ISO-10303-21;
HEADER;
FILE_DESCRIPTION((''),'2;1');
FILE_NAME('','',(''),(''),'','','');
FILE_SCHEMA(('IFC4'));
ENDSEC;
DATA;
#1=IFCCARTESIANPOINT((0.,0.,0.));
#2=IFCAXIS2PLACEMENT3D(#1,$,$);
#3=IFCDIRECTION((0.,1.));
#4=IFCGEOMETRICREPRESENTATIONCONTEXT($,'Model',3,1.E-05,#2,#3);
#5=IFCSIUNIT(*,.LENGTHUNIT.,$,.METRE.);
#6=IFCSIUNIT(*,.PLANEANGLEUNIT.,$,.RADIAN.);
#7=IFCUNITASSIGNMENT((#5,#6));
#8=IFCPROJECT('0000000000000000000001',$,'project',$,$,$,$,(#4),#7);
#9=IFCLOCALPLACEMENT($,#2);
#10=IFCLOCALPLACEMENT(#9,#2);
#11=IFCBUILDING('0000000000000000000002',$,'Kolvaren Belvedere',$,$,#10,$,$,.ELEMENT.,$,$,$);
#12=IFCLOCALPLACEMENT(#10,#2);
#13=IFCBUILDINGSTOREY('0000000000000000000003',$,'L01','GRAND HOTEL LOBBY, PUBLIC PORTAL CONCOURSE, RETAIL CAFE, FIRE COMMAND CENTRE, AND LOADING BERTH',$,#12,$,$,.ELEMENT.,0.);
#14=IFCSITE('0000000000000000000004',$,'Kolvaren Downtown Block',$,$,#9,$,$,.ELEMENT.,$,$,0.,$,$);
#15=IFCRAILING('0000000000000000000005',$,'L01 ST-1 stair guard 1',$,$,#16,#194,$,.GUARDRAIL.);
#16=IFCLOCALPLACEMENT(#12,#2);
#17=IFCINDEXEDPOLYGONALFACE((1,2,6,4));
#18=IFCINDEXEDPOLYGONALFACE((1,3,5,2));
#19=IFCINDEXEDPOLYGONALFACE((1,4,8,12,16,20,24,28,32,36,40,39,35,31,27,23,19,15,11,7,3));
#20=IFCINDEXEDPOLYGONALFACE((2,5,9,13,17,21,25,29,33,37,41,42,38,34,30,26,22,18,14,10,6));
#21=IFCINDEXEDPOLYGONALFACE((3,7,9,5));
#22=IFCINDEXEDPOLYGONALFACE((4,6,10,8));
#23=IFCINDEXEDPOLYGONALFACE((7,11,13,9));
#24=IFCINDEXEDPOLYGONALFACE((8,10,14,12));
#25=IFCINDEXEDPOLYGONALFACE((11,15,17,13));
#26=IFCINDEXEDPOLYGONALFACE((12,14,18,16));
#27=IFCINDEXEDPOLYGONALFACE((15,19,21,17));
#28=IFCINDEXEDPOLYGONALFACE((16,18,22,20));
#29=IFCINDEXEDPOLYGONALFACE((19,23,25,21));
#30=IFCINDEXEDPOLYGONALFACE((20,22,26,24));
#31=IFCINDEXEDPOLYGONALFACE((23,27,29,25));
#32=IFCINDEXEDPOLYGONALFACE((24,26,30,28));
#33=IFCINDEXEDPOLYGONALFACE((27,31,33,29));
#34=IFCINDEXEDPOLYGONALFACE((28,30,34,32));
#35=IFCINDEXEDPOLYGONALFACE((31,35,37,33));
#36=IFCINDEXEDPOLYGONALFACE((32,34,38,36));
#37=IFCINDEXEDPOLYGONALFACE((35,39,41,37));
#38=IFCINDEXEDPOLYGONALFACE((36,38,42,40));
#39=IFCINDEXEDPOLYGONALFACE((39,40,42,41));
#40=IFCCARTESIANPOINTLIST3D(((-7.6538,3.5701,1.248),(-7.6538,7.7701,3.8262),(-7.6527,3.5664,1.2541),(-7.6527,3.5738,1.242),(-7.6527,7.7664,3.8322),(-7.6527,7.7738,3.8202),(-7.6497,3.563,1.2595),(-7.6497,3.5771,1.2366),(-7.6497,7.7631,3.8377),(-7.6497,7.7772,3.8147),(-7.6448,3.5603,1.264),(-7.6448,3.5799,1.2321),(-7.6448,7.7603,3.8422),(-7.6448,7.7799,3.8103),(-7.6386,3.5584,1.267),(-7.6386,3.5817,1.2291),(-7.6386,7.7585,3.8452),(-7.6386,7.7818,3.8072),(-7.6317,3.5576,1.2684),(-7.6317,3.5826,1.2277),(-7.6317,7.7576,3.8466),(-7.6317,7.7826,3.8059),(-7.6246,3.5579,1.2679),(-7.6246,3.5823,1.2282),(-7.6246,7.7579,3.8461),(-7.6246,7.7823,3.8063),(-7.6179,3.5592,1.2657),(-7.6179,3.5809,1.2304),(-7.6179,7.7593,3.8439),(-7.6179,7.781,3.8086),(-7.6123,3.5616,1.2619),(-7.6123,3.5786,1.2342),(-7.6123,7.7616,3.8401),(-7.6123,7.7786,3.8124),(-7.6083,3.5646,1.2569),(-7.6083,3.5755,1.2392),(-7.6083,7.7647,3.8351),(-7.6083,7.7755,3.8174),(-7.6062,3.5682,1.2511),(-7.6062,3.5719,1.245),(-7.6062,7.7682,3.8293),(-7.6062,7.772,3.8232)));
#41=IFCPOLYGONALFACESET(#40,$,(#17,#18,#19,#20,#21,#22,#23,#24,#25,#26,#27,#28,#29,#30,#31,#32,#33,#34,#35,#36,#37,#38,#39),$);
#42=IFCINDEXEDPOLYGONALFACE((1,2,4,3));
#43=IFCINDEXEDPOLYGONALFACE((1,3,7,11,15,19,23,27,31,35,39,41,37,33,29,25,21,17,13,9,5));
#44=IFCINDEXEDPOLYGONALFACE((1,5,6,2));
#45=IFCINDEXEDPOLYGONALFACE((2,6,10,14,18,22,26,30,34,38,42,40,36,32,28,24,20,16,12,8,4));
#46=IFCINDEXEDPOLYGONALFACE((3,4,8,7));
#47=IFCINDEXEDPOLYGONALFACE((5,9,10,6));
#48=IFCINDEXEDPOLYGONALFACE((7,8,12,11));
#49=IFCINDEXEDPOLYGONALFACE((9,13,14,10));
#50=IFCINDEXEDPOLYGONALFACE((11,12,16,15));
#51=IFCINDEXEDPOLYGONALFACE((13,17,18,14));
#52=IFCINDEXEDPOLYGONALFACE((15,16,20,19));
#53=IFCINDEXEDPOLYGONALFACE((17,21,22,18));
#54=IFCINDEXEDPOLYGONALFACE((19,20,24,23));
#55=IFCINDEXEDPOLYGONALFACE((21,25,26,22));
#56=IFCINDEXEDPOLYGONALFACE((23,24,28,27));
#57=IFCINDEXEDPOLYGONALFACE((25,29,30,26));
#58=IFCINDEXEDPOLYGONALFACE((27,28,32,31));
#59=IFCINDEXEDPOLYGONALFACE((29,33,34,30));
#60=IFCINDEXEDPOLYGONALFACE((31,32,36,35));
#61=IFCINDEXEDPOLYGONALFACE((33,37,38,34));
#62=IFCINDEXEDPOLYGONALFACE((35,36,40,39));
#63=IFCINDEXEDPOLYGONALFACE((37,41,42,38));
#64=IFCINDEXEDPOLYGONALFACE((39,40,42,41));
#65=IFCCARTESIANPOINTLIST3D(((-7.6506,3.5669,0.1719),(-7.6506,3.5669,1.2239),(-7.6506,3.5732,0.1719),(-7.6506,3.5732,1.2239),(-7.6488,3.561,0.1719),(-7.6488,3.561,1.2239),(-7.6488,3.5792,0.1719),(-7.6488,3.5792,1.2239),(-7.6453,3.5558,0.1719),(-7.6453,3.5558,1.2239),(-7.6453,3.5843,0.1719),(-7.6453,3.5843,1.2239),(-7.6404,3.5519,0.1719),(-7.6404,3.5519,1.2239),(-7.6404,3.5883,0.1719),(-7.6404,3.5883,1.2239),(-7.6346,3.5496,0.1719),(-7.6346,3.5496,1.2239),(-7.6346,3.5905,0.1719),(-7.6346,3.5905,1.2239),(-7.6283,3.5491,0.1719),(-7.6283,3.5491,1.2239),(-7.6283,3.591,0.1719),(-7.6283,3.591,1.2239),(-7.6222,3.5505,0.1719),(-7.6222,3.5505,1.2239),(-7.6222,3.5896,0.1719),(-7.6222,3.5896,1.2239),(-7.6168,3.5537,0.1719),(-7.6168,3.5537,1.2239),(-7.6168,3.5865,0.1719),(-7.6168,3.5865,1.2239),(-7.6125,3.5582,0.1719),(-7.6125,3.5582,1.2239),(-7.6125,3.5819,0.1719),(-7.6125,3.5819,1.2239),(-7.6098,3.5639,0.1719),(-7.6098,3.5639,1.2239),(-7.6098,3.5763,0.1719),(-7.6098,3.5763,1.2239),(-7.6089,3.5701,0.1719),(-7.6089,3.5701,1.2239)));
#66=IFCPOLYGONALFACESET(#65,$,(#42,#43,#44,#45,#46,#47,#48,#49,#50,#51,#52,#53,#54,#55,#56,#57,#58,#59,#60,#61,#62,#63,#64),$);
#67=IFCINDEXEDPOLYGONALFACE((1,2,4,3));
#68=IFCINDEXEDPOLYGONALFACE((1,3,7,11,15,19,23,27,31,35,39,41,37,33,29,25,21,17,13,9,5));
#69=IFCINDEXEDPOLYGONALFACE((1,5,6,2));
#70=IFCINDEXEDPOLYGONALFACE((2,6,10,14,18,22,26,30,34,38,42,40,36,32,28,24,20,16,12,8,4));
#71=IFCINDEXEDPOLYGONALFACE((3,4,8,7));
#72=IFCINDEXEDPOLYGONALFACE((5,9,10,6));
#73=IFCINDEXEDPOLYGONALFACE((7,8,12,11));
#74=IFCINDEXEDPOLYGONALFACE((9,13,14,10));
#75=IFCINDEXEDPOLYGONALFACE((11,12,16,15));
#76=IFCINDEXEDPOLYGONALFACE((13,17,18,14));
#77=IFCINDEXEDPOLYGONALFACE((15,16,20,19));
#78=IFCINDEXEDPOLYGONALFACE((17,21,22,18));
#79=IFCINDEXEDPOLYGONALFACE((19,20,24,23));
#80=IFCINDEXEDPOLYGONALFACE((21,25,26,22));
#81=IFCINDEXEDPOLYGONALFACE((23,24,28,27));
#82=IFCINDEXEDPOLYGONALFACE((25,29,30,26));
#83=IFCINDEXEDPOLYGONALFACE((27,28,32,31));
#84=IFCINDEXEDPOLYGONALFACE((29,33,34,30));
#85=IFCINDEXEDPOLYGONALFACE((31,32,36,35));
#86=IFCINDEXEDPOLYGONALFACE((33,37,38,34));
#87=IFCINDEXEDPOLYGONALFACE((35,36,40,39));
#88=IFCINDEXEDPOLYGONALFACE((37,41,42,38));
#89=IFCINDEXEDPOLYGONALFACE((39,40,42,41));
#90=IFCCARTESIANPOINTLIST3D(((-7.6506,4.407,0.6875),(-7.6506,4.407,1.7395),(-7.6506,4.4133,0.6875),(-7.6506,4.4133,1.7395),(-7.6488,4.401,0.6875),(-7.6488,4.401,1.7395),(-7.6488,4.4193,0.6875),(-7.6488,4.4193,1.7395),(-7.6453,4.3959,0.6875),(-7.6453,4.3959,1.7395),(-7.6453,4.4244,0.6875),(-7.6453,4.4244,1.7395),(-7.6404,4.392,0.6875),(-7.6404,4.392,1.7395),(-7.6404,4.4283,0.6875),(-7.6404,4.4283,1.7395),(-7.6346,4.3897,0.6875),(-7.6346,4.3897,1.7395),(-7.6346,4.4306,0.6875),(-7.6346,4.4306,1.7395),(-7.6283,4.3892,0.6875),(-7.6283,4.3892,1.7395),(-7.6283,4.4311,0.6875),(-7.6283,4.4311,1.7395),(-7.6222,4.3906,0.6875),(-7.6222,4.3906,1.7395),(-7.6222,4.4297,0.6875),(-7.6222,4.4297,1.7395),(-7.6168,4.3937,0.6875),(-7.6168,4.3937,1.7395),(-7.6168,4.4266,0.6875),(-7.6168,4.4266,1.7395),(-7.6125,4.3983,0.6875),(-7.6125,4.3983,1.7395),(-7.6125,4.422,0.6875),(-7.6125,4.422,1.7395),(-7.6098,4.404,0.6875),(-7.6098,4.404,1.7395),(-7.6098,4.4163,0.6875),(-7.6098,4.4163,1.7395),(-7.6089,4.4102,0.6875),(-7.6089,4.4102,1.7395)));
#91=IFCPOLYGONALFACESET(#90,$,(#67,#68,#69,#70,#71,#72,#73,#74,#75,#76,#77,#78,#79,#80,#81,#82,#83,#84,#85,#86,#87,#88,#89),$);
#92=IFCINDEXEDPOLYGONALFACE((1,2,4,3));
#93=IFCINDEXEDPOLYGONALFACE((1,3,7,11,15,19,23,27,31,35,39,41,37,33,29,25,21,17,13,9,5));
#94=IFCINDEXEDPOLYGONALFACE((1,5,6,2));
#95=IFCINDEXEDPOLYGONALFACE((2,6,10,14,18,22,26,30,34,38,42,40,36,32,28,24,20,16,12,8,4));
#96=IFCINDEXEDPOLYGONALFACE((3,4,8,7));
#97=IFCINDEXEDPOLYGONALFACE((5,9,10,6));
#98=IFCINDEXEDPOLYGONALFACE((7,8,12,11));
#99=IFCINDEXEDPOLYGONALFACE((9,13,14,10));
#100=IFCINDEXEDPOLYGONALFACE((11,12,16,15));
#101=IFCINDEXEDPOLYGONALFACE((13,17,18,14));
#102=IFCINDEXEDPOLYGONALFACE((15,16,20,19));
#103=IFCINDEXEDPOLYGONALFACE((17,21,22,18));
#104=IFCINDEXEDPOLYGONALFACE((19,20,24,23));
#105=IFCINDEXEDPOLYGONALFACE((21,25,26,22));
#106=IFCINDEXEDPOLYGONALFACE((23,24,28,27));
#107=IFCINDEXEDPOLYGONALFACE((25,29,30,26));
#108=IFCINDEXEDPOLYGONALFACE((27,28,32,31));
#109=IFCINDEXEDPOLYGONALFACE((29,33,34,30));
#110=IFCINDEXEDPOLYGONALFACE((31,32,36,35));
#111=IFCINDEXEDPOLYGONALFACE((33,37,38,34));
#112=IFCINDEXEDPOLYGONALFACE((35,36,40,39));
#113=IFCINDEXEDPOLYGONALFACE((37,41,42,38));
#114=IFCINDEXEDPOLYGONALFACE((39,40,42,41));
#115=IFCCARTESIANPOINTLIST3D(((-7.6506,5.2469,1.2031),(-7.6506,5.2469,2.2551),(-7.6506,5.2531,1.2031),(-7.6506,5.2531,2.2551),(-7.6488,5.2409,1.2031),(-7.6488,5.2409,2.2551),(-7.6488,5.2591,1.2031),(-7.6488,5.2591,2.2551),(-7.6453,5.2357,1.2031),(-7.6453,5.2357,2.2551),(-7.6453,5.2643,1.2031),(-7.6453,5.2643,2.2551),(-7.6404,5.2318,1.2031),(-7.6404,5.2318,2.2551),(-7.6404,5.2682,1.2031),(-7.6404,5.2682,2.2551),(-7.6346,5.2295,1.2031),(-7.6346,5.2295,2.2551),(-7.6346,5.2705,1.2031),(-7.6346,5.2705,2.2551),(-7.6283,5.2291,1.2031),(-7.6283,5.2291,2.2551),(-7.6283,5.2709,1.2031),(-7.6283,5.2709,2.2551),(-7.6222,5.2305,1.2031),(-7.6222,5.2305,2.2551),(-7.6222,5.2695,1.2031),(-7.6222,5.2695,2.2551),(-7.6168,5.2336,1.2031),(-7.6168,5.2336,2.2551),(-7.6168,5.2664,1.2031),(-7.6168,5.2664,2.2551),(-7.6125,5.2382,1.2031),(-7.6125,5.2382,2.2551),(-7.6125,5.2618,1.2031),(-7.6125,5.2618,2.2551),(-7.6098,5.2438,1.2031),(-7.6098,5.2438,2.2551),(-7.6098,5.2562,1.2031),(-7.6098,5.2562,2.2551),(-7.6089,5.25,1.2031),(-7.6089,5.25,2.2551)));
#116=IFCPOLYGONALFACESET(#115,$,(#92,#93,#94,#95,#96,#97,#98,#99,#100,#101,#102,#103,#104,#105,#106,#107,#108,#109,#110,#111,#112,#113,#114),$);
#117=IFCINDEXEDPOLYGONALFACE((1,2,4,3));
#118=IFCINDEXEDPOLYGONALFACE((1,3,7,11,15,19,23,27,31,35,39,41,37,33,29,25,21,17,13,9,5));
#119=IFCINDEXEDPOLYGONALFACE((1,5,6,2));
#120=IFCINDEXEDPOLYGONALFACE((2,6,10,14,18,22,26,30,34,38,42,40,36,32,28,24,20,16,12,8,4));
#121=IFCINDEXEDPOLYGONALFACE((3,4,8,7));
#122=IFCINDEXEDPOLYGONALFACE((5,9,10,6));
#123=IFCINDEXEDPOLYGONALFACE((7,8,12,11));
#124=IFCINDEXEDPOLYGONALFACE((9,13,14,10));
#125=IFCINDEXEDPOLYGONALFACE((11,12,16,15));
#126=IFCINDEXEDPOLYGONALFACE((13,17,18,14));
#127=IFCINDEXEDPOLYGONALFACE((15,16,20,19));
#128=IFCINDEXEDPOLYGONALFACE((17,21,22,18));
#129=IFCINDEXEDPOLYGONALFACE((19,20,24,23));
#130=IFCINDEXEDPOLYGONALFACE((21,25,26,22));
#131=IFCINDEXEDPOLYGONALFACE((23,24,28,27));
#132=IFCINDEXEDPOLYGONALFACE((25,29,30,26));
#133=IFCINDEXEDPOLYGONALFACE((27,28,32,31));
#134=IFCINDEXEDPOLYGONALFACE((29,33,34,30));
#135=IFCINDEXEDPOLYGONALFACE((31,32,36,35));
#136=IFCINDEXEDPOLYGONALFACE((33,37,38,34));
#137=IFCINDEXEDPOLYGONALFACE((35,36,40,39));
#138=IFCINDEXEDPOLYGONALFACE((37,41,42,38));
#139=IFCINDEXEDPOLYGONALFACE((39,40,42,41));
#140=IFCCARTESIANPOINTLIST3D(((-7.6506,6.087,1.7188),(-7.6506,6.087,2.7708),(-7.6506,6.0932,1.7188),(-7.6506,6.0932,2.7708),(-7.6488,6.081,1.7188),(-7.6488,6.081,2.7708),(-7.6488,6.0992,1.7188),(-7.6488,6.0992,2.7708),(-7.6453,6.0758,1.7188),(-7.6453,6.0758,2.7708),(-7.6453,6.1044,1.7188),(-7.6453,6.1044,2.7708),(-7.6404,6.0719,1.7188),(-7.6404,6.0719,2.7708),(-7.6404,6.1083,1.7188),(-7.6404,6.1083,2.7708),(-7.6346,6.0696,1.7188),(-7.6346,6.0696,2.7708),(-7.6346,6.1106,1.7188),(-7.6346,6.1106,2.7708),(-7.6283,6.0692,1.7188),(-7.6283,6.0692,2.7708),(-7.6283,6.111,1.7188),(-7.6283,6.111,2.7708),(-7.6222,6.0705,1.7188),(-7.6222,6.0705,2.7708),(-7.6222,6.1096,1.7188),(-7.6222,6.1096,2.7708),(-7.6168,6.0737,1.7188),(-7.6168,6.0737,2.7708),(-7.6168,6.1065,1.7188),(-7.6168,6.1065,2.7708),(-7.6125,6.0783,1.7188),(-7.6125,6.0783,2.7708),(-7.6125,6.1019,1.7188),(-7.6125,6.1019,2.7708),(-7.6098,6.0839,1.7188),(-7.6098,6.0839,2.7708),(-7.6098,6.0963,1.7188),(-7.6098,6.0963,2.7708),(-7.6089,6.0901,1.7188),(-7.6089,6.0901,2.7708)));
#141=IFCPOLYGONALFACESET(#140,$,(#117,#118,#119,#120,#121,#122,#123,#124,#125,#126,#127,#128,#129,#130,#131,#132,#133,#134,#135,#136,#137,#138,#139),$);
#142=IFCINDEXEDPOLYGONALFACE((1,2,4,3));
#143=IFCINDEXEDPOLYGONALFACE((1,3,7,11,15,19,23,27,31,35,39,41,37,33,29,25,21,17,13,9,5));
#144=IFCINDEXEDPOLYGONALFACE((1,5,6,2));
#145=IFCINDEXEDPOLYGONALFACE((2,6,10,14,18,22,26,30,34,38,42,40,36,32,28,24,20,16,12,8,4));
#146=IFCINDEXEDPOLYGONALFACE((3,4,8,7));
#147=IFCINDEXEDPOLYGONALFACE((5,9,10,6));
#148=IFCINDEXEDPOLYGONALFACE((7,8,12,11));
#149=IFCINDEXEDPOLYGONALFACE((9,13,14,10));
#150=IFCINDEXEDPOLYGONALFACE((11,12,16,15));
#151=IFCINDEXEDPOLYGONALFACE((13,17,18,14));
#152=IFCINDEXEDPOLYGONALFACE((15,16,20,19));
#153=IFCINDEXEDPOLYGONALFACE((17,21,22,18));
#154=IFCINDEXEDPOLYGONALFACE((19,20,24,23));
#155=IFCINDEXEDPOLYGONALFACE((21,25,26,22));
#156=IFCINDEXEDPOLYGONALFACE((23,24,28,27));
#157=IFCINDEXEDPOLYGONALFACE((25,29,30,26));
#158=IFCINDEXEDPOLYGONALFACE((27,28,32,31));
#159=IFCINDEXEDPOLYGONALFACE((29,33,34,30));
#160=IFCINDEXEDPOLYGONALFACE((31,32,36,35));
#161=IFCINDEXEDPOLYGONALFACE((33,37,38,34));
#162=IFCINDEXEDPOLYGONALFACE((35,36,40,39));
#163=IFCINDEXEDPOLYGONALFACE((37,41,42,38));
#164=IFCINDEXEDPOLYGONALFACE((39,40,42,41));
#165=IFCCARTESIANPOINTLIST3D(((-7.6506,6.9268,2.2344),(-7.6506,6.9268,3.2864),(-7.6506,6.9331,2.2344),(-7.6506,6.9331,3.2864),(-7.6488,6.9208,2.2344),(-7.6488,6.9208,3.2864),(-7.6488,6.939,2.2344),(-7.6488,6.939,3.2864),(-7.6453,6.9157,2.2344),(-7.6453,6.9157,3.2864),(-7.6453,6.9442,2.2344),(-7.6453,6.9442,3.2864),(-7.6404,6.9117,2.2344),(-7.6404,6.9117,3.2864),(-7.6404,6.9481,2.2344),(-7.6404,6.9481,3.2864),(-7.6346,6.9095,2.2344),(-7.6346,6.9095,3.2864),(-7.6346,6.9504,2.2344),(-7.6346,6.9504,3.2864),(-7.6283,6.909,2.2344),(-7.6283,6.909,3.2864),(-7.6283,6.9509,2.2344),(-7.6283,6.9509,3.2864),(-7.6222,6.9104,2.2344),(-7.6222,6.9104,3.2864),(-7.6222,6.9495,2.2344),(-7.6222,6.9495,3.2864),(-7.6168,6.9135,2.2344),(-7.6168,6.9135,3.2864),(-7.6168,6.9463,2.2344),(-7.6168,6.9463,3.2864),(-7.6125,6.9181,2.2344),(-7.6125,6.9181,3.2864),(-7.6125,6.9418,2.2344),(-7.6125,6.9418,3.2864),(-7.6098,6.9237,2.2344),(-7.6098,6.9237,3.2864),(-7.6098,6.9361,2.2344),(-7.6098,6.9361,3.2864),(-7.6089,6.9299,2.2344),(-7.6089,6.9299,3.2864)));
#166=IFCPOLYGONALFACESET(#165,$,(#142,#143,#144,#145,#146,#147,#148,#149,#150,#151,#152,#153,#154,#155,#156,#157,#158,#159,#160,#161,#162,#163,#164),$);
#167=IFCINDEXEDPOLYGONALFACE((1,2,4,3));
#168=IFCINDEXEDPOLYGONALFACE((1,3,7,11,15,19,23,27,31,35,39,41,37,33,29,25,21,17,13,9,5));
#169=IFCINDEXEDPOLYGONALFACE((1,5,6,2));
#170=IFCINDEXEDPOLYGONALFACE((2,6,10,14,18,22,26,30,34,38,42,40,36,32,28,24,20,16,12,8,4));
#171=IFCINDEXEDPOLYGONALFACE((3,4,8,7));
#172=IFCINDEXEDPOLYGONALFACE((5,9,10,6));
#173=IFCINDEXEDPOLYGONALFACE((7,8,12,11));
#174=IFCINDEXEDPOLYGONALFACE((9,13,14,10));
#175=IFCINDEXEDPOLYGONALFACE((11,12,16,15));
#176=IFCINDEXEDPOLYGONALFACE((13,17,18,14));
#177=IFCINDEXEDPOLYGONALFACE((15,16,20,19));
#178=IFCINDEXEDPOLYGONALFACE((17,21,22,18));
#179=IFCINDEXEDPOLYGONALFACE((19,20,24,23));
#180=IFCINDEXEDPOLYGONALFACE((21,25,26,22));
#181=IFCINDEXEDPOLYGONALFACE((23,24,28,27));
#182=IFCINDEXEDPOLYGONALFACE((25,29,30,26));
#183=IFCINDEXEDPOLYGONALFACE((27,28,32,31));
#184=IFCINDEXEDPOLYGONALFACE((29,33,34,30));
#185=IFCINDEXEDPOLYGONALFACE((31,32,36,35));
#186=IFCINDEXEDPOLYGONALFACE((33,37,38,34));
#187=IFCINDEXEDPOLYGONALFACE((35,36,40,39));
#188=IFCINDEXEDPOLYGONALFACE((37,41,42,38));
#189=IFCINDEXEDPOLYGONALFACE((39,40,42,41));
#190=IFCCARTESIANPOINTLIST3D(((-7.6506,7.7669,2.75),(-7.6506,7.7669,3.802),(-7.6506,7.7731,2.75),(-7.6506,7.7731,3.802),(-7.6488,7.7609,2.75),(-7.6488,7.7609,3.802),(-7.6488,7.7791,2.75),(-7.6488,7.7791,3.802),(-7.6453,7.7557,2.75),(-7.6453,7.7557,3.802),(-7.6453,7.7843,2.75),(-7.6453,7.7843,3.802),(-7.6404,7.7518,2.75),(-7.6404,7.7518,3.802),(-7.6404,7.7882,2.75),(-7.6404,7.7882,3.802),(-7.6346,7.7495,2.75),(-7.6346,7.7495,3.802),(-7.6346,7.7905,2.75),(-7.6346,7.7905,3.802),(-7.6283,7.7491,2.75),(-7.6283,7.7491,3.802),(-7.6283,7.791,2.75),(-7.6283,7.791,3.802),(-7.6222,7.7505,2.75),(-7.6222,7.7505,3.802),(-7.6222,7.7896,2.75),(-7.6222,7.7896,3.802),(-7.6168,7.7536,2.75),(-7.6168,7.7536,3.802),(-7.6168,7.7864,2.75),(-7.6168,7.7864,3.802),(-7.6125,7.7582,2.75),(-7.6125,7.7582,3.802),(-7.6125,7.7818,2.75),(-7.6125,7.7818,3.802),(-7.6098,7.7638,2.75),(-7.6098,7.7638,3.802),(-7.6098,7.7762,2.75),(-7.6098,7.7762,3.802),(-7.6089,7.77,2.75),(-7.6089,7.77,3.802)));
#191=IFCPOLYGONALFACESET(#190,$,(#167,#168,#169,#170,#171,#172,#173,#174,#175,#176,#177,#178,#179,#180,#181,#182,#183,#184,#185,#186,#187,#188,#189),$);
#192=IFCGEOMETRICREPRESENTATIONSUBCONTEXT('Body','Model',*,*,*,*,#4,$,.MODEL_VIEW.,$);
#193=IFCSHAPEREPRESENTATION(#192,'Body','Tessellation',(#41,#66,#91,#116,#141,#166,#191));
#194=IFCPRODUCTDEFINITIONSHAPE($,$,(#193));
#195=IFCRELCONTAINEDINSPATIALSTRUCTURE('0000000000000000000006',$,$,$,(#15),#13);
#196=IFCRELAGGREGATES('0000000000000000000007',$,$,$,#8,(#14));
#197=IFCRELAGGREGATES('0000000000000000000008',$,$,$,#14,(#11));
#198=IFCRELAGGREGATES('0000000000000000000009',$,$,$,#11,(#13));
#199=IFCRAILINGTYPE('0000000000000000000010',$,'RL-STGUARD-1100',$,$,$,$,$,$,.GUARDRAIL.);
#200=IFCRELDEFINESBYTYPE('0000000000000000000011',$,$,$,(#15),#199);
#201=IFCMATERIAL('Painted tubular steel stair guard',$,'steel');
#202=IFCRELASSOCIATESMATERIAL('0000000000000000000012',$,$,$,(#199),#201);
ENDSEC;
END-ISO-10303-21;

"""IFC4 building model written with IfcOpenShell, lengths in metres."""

from ifc_helpers import new_model, si_unit, direction, frame, origin, origin_2d, place, context, subcontext, project, spatial, circle, extrude, material, type_object, element, save


model = new_model("IFC4")

# Units and contexts
model_context = context("Model", 3, precision=1e-05, world=origin(), true_north=direction((0.0, 1.0)))
body_context = subcontext(model_context, "Body", "Model", "MODEL_VIEW")
ifc_project = project(units=[si_unit("LENGTHUNIT", "METRE"), si_unit("PLANEANGLEUNIT", "RADIAN")], contexts=[model_context])

# Site, building, storey
site_placement = place(None, origin())
site = spatial("IfcSite", under=ifc_project, at=site_placement, Name="Kolvaren Downtown Block", CompositionType="ELEMENT", RefElevation=0.0)
building_placement = place(site_placement, origin())
building = spatial("IfcBuilding", under=site, at=building_placement, Name="Kolvaren Belvedere", CompositionType="ELEMENT")
storey_placement = place(building_placement, origin())
storey = spatial("IfcBuildingStorey", under=building, at=storey_placement, Name="L01", Description="GRAND HOTEL LOBBY, PUBLIC PORTAL CONCOURSE, RETAIL CAFE, FIRE COMMAND CENTRE, AND LOADING BERTH", CompositionType="ELEMENT", Elevation=0.0)

# Railing
ifc_material_1 = material(Name="Painted tubular steel stair guard", Category="steel")
railing_type_1 = type_object("IfcRailingType", Name="RL-STGUARD-1100", PredefinedType="GUARDRAIL", material=ifc_material_1)
railing_1_placement = place(storey_placement, frame((-7.6299, 3.5701, 0.1719)))
element("IfcRailing", 1, at=railing_1_placement, inside=storey, type_object=railing_type_1, Name="L01 ST-1 stair guard 1", PredefinedType="GUARDRAIL", context=body_context, shape_type="SweptSolid", body=[
    extrude(circle(Radius=0.0239, at=origin_2d()), frame((0.0, 0.0, 1.0762), z_axis=(0.0, 0.852243, 0.523146), x_axis=(-1.0, 0.0, 0.0)), (0.0, 0.0, 1.0), 4.9282),
    extrude(circle(Radius=0.021, at=origin_2d()), origin(), (0.0, 0.0, 1.0), 1.052),
    extrude(circle(Radius=0.021, at=origin_2d()), frame((0.0, 0.8401, 0.5156)), (0.0, 0.0, 1.0), 1.052),
    extrude(circle(Radius=0.021, at=origin_2d()), frame((0.0, 1.6799, 1.0312)), (0.0, 0.0, 1.0), 1.052),
    extrude(circle(Radius=0.021, at=origin_2d()), frame((0.0, 2.52, 1.5469)), (0.0, 0.0, 1.0), 1.052),
    extrude(circle(Radius=0.021, at=origin_2d()), frame((0.0, 3.3599, 2.0625)), (0.0, 0.0, 1.0), 1.052),
    extrude(circle(Radius=0.021, at=origin_2d()), frame((0.0, 4.2, 2.5781)), (0.0, 0.0, 1.0), 1.052),
])

save(model, "model.ifc")
